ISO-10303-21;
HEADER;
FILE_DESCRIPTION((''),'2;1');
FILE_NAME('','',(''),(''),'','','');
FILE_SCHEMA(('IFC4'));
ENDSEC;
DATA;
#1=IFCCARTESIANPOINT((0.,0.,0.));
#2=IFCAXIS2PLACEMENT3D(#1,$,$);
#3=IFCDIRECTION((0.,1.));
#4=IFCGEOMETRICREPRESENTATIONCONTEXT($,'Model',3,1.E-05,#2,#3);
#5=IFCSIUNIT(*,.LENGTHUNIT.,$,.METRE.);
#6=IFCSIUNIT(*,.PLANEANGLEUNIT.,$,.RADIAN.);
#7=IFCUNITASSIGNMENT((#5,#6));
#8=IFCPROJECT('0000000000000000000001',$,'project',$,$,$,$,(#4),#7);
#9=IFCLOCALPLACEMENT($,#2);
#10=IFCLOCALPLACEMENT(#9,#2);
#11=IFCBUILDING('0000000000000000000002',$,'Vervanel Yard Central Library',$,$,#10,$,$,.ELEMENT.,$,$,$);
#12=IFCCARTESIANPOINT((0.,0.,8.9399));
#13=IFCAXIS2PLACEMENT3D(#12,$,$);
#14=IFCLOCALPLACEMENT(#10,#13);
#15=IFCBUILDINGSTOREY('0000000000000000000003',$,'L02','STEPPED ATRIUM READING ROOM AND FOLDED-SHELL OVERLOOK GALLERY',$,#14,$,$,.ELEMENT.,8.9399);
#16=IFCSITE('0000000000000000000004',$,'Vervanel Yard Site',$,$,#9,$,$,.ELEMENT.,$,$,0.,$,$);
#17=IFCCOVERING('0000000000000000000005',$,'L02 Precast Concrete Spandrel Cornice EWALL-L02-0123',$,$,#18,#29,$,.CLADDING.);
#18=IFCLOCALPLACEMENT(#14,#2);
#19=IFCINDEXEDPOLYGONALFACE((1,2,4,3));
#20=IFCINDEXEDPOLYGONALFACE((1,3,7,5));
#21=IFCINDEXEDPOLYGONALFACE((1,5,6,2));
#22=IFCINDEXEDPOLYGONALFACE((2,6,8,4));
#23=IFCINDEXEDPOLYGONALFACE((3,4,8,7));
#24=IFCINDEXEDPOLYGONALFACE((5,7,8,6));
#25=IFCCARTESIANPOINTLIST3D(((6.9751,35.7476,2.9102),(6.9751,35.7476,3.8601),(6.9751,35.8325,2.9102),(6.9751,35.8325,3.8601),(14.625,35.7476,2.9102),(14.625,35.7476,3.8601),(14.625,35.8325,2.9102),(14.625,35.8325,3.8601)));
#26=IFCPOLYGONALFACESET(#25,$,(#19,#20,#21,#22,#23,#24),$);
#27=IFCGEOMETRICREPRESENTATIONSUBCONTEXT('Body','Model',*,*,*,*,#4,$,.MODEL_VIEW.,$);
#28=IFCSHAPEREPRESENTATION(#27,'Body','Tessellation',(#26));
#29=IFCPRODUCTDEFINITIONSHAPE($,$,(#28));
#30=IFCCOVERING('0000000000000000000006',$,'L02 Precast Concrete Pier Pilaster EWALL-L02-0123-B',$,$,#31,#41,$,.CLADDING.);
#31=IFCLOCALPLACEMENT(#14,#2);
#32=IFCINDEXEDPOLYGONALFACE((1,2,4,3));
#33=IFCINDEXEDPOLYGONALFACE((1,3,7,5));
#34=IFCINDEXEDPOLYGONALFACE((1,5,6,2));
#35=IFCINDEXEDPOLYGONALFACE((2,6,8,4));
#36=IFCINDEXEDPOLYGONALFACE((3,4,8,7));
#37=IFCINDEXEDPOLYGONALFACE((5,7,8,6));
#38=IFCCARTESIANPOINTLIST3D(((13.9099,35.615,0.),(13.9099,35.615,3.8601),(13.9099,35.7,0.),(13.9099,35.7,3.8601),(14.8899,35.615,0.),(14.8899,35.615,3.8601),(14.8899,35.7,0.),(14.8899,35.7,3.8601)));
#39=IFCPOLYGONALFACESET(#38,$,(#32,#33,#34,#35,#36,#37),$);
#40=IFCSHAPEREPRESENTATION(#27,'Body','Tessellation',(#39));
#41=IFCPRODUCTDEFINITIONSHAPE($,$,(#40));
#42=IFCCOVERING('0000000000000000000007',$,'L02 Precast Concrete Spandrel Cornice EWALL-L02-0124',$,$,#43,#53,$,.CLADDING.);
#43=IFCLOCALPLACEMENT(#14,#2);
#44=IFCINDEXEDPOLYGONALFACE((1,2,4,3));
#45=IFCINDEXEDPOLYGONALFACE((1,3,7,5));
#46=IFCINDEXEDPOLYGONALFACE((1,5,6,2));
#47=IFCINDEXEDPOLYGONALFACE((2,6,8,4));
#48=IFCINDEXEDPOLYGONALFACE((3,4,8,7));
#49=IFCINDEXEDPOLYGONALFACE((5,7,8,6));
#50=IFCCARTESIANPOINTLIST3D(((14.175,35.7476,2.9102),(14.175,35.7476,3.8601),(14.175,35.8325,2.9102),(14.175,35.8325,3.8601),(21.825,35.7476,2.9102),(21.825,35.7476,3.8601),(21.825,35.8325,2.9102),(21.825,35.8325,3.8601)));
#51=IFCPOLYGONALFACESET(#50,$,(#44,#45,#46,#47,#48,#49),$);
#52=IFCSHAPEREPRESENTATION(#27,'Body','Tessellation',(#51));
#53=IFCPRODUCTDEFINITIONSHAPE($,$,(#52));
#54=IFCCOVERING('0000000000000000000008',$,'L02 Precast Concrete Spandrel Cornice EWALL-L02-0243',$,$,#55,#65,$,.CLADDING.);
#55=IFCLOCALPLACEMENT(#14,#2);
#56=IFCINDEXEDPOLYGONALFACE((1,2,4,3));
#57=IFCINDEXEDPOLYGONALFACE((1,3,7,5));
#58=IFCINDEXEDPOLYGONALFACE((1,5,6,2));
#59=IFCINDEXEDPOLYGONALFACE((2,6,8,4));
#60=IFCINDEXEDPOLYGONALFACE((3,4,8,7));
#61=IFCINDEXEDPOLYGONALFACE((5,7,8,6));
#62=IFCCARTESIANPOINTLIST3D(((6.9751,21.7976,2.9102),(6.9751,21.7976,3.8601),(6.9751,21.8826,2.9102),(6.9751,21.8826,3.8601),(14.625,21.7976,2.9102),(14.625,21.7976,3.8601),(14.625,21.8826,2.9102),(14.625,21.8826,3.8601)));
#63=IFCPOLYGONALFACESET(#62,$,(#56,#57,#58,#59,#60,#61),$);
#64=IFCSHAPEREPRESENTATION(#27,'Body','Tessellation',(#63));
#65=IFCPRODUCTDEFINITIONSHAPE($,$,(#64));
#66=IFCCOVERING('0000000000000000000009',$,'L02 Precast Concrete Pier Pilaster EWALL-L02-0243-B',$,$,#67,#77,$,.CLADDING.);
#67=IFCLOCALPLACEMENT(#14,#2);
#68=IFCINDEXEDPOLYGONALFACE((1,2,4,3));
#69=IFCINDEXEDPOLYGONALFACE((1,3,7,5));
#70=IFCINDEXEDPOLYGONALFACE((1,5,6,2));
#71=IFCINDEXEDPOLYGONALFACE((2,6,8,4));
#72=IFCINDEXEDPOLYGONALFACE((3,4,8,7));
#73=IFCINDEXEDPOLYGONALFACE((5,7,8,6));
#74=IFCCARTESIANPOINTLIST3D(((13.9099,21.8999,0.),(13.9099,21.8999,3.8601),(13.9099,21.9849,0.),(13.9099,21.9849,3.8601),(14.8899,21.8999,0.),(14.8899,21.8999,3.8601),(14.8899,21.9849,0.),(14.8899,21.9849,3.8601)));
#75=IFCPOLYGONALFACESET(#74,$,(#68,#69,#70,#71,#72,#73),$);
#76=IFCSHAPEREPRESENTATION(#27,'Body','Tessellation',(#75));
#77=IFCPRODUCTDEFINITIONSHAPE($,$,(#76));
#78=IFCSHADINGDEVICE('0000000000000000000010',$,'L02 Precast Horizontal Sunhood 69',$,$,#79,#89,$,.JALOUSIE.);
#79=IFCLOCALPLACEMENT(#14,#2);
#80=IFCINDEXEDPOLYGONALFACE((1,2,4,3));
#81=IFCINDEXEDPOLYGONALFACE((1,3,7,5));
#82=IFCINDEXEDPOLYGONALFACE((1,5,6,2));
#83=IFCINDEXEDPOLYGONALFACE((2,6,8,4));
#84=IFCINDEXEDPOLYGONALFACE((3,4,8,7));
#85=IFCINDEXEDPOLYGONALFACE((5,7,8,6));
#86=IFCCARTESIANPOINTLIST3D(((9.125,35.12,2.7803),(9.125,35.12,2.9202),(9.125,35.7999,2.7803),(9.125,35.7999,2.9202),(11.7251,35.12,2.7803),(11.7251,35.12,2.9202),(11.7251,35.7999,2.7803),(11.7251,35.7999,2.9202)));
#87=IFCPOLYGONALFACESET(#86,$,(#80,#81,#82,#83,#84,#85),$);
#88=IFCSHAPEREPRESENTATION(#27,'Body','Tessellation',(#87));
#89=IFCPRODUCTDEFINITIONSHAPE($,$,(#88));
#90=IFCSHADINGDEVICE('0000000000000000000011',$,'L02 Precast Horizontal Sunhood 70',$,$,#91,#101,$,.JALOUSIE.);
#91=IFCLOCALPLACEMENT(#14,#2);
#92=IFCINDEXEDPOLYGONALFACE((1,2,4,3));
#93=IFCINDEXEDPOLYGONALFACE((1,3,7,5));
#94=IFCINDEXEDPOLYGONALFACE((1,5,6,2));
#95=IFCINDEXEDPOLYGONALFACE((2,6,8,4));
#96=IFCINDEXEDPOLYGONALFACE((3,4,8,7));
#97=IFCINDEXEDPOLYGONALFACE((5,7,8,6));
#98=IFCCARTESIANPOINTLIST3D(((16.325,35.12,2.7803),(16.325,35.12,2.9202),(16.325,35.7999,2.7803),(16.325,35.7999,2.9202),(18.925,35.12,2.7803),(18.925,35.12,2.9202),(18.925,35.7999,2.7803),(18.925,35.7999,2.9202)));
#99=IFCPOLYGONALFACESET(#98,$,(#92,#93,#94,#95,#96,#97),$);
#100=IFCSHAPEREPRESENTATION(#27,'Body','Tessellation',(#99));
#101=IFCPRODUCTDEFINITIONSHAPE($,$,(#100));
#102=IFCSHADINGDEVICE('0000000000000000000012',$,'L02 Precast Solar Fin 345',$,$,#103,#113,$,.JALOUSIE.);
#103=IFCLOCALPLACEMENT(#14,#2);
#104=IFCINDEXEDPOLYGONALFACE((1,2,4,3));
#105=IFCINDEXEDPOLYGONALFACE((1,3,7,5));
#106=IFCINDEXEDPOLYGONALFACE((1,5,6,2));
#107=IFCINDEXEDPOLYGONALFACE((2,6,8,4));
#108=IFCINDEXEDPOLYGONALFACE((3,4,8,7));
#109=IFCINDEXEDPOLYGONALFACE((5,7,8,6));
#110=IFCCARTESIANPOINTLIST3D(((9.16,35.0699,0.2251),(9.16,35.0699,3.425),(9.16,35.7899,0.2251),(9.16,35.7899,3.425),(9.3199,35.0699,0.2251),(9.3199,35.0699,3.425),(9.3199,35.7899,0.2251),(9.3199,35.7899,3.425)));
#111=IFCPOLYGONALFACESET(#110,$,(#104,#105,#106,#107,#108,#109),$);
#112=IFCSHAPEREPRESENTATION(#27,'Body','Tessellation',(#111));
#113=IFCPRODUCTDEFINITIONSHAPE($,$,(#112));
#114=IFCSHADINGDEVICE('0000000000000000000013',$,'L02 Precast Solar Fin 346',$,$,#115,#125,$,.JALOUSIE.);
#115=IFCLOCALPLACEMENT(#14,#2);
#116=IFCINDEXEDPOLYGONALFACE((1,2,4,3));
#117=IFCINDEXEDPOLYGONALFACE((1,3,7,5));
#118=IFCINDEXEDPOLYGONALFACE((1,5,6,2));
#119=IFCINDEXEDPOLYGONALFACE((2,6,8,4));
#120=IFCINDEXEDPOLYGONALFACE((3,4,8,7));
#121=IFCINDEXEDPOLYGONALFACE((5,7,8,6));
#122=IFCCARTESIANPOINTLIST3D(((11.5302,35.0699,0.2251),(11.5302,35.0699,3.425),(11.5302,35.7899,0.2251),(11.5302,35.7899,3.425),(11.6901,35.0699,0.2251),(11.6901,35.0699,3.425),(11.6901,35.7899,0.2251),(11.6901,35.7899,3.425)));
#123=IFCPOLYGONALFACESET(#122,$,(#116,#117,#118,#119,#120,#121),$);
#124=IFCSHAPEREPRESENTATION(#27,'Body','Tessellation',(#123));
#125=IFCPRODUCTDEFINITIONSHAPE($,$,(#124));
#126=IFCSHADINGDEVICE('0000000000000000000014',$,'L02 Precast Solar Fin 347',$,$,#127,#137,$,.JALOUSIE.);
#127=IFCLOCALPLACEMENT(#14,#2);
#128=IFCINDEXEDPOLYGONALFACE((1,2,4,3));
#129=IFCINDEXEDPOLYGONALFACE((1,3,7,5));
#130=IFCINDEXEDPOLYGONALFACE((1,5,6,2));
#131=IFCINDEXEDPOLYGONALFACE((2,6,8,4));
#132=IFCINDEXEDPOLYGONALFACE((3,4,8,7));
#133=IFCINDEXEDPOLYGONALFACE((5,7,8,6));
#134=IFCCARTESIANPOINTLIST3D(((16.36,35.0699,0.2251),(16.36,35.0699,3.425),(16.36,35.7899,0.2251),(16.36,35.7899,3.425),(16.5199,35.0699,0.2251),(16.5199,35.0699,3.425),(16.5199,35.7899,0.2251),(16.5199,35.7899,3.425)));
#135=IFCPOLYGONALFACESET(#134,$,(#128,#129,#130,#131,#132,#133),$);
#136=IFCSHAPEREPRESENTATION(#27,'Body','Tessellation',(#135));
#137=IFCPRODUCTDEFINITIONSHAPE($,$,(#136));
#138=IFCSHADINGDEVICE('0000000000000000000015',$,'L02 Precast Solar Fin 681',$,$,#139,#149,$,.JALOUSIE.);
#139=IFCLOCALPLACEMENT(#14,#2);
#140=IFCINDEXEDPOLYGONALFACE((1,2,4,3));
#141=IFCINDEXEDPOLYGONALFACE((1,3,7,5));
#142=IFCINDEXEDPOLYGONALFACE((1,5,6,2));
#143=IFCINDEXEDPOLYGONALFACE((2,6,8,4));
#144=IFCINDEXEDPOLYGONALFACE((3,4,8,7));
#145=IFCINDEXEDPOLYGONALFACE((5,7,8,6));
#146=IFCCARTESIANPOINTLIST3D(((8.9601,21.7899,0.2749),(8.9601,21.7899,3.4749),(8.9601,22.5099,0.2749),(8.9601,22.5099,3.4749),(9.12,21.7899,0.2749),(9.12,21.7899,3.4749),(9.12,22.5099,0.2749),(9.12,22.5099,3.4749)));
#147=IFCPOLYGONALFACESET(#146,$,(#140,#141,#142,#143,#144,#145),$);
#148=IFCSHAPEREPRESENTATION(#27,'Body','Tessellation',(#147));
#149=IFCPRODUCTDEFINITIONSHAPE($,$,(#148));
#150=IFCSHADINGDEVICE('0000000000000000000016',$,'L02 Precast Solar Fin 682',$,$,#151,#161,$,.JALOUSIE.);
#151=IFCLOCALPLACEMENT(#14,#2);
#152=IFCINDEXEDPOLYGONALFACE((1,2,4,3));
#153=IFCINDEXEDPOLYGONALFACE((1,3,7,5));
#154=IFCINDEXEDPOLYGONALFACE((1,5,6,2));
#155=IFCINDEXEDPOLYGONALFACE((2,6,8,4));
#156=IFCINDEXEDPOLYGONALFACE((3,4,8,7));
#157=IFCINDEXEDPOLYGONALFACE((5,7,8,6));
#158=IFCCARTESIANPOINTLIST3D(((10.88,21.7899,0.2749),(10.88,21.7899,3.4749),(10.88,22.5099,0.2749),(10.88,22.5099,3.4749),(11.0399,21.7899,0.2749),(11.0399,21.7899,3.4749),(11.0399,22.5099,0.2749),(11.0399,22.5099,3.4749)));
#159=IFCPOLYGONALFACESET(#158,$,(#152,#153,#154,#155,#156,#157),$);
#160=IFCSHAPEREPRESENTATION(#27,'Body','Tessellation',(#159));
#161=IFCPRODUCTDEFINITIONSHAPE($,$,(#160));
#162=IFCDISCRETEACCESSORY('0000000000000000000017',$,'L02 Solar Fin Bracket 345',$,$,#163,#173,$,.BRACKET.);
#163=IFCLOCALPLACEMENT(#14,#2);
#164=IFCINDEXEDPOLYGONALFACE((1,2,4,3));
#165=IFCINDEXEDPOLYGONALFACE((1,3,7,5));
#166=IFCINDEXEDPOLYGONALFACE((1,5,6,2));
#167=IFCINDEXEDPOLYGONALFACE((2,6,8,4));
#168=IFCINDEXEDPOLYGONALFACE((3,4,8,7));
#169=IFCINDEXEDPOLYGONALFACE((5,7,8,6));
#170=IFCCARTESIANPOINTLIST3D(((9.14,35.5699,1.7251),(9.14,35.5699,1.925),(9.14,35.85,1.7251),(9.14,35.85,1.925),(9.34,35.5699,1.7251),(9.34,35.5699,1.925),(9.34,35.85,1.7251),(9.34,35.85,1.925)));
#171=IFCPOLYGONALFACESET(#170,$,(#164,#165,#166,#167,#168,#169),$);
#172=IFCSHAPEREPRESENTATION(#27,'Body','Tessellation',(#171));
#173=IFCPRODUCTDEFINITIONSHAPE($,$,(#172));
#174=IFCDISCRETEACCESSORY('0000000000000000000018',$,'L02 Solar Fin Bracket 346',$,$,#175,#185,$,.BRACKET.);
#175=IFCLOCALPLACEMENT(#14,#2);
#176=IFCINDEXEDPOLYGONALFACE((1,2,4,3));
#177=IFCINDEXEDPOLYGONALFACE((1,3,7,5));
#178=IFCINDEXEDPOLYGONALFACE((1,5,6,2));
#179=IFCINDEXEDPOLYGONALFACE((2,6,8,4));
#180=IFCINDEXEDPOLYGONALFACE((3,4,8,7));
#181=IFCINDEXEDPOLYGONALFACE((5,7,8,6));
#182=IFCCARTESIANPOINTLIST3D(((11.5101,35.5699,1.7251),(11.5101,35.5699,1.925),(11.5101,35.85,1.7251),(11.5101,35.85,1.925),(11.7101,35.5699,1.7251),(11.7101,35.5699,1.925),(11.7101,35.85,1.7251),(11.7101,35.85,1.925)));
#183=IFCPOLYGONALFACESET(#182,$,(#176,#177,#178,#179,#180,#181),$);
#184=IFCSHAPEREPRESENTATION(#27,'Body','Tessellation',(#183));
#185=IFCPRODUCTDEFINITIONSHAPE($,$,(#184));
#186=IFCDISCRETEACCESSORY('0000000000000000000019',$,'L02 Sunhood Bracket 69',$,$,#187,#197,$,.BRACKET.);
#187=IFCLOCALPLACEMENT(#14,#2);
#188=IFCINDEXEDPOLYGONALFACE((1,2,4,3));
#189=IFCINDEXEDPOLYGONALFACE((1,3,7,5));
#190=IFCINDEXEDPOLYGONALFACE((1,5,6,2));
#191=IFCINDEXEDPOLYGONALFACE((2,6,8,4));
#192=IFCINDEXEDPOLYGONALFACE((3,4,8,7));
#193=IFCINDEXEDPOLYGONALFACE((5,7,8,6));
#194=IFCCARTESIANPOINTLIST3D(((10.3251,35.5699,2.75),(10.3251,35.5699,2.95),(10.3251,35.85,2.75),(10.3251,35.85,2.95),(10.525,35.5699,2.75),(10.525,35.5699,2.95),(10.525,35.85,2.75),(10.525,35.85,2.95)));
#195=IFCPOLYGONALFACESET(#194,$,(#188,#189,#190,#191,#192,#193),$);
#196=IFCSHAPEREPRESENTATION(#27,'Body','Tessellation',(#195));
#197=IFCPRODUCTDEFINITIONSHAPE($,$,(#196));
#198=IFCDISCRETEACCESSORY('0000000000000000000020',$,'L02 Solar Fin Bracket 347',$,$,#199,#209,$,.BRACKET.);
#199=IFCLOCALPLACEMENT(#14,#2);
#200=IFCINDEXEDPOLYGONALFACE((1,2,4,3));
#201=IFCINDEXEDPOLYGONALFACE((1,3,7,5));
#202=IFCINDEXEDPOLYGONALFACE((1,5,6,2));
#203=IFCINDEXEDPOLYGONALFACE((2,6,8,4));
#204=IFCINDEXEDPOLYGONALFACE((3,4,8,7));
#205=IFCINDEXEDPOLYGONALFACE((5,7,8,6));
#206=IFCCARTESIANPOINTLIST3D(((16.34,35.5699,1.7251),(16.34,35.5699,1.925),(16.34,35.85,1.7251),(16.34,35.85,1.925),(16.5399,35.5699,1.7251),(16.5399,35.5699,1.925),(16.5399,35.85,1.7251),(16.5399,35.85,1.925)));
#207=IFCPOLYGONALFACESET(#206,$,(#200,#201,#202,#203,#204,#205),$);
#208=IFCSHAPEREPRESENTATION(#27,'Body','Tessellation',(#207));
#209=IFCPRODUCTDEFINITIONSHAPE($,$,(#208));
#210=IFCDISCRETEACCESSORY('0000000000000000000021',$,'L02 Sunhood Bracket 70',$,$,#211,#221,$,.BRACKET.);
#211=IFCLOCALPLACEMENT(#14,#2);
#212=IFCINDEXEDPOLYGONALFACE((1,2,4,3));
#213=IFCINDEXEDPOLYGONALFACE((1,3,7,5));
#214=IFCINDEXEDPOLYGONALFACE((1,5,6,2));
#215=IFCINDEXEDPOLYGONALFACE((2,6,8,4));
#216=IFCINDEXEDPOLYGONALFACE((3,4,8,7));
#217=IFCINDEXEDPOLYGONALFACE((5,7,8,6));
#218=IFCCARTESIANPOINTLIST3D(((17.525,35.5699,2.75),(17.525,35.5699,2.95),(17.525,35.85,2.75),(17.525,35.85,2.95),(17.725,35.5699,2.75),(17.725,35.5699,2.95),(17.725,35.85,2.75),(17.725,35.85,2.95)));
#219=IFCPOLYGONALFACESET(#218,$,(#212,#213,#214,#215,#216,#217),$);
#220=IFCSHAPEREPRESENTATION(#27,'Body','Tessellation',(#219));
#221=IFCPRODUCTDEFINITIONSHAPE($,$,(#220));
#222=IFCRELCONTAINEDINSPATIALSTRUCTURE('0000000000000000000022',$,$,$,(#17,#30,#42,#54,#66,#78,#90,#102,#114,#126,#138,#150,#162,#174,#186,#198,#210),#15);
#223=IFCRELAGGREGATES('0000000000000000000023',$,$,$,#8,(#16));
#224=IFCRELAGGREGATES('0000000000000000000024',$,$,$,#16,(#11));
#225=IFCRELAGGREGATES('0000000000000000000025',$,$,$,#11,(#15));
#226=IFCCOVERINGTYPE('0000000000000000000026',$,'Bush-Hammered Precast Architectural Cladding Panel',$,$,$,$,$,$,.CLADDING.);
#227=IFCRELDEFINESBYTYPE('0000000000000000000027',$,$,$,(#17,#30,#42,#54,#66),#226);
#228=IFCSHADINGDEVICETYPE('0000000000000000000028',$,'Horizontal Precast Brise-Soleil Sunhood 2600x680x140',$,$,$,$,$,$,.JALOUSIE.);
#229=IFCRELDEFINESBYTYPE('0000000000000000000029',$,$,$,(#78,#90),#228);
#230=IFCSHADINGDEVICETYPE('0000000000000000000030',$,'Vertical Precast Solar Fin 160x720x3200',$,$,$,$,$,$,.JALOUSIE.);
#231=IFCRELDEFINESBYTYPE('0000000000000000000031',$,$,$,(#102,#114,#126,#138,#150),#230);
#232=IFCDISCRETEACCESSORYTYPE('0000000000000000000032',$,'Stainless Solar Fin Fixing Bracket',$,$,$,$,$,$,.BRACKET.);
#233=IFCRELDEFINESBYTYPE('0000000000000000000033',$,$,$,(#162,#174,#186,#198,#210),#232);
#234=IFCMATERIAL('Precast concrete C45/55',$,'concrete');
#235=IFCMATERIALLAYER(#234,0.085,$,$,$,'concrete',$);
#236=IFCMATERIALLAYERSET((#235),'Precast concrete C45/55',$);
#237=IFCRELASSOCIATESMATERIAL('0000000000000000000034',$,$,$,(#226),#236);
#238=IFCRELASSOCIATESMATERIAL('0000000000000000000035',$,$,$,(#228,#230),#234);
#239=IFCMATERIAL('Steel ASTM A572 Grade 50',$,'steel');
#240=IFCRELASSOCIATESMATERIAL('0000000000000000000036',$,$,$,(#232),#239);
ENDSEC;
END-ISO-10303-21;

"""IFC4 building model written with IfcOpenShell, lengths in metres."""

from ifc_helpers import new_model, si_unit, direction, frame, origin, origin_2d, place, context, subcontext, project, spatial, rectangle, extrude, material, layer, layer_set, type_object, element, save


model = new_model("IFC4")

# Units and contexts
model_context = context("Model", 3, precision=1e-05, world=origin(), true_north=direction((0.0, 1.0)))
body_context = subcontext(model_context, "Body", "Model", "MODEL_VIEW")
ifc_project = project(units=[si_unit("LENGTHUNIT", "METRE"), si_unit("PLANEANGLEUNIT", "RADIAN")], contexts=[model_context])

# Site, building, storey
site_placement = place(None, origin())
site = spatial("IfcSite", under=ifc_project, at=site_placement, Name="Vervanel Yard Site", CompositionType="ELEMENT", RefElevation=0.0)
building_placement = place(site_placement, origin())
building = spatial("IfcBuilding", under=site, at=building_placement, Name="Vervanel Yard Central Library", CompositionType="ELEMENT")
storey_placement = place(building_placement, frame((0.0, 0.0, 8.9399)))
storey = spatial("IfcBuildingStorey", under=building, at=storey_placement, Name="L02", Description="STEPPED ATRIUM READING ROOM AND FOLDED-SHELL OVERLOOK GALLERY", CompositionType="ELEMENT", Elevation=8.9399)

# Coverings
ifc_material_1 = material(Name="Precast concrete C45/55", Category="concrete")
ifc_layer_1 = layer(ifc_material_1, 0.085, Category="concrete")
ifc_layer_set_1 = layer_set([ifc_layer_1], Name="Precast concrete C45/55")
covering_type = type_object("IfcCoveringType", Name="Bush-Hammered Precast Architectural Cladding Panel", PredefinedType="CLADDING", material=ifc_layer_set_1)
covering_1_placement = place(storey_placement, frame((10.8, 35.79, 2.9102), z_axis=(0.0, 0.0, 1.0), x_axis=(1.0, 0.0, 0.0)))
element("IfcCovering", 1, at=covering_1_placement, inside=storey, type_object=covering_type, Name="L02 Precast Concrete Spandrel Cornice EWALL-L02-0123", PredefinedType="CLADDING", context=body_context, shape_type="SweptSolid", body=[
    extrude(rectangle(XDim=7.6499, YDim=0.085, at=origin_2d()), origin(), (0.0, 0.0, 1.0), 0.95),
])
covering_2_placement = place(storey_placement, frame((14.3999, 35.6575, 0.0), z_axis=(0.0, 0.0, 1.0), x_axis=(1.0, 0.0, 0.0)))
element("IfcCovering", 2, at=covering_2_placement, inside=storey, type_object=covering_type, Name="L02 Precast Concrete Pier Pilaster EWALL-L02-0123-B", PredefinedType="CLADDING", context=body_context, shape_type="SweptSolid", body=[
    extrude(rectangle(XDim=0.98, YDim=0.085, at=origin_2d()), origin(), (0.0, 0.0, 1.0), 3.8601),
])
for number, where, z_axis, x_axis, name in (
    (3, (18.0, 35.79, 2.9102), (0.0, 0.0, 1.0), (1.0, 0.0, 0.0), "L02 Precast Concrete Spandrel Cornice EWALL-L02-0124"),
    (4, (10.8, 21.8401, 2.9102), (0.0, 0.0, 1.0), (1.0, 0.0, 0.0), "L02 Precast Concrete Spandrel Cornice EWALL-L02-0243"),
):
    element("IfcCovering", number, at=place(storey_placement, frame(where, z_axis=z_axis, x_axis=x_axis)), inside=storey, type_object=covering_type, Name=name, PredefinedType="CLADDING", context=body_context, shape_type="SweptSolid", body=[
        extrude(rectangle(XDim=7.6499, YDim=0.085, at=origin_2d()), origin(), (0.0, 0.0, 1.0), 0.95),
    ])
covering_3_placement = place(storey_placement, frame((14.3999, 21.9424, 0.0), z_axis=(0.0, 0.0, 1.0), x_axis=(1.0, 0.0, 0.0)))
element("IfcCovering", 5, at=covering_3_placement, inside=storey, type_object=covering_type, Name="L02 Precast Concrete Pier Pilaster EWALL-L02-0243-B", PredefinedType="CLADDING", context=body_context, shape_type="SweptSolid", body=[
    extrude(rectangle(XDim=0.98, YDim=0.085, at=origin_2d()), origin(), (0.0, 0.0, 1.0), 3.8601),
])

# Shading devices
shading_device_type_1 = type_object("IfcShadingDeviceType", Name="Horizontal Precast Brise-Soleil Sunhood 2600x680x140", PredefinedType="JALOUSIE", material=ifc_material_1)
for number, where, z_axis, x_axis, name in (
    (6, (10.425, 35.46, 2.7803), (0.0, 0.0, 1.0), (1.0, 0.0, 0.0), "L02 Precast Horizontal Sunhood 69"),
    (7, (17.625, 35.46, 2.7803), (0.0, 0.0, 1.0), (1.0, 0.0, 0.0), "L02 Precast Horizontal Sunhood 70"),
):
    element("IfcShadingDevice", number, at=place(storey_placement, frame(where, z_axis=z_axis, x_axis=x_axis)), inside=storey, type_object=shading_device_type_1, Name=name, PredefinedType="JALOUSIE", context=body_context, shape_type="SweptSolid", body=[
        extrude(rectangle(XDim=2.6001, YDim=0.6799, at=origin_2d()), origin(), (0.0, 0.0, 1.0), 0.1399),
    ])
shading_device_type_2 = type_object("IfcShadingDeviceType", Name="Vertical Precast Solar Fin 160x720x3200", PredefinedType="JALOUSIE", material=ifc_material_1)
for number, where, z_axis, x_axis, name in (
    (8, (9.24, 35.4299, 0.2251), (0.0, 0.0, 1.0), (1.0, 0.0, 0.0), "L02 Precast Solar Fin 345"),
    (9, (11.6101, 35.4299, 0.2251), (0.0, 0.0, 1.0), (1.0, 0.0, 0.0), "L02 Precast Solar Fin 346"),
    (10, (16.4399, 35.4299, 0.2251), (0.0, 0.0, 1.0), (1.0, 0.0, 0.0), "L02 Precast Solar Fin 347"),
    (11, (9.04, 22.1499, 0.2749), (0.0, 0.0, 1.0), (1.0, 0.0, 0.0), "L02 Precast Solar Fin 681"),
    (12, (10.96, 22.1499, 0.2749), (0.0, 0.0, 1.0), (1.0, 0.0, 0.0), "L02 Precast Solar Fin 682"),
):
    element("IfcShadingDevice", number, at=place(storey_placement, frame(where, z_axis=z_axis, x_axis=x_axis)), inside=storey, type_object=shading_device_type_2, Name=name, PredefinedType="JALOUSIE", context=body_context, shape_type="SweptSolid", body=[
        extrude(rectangle(XDim=0.1599, YDim=0.72, at=origin_2d()), origin(), (0.0, 0.0, 1.0), 3.2),
    ])

# Discrete accessories
ifc_material_2 = material(Name="Steel ASTM A572 Grade 50", Category="steel")
discrete_accessory_type = type_object("IfcDiscreteAccessoryType", Name="Stainless Solar Fin Fixing Bracket", PredefinedType="BRACKET", material=ifc_material_2)
for number, where, z_axis, x_axis, name in (
    (13, (9.24, 35.71, 1.7251), (0.0, 0.0, 1.0), (1.0, 0.0, 0.0), "L02 Solar Fin Bracket 345"),
    (14, (11.6101, 35.71, 1.7251), (0.0, 0.0, 1.0), (1.0, 0.0, 0.0), "L02 Solar Fin Bracket 346"),
    (15, (10.425, 35.71, 2.75), (0.0, 0.0, 1.0), (1.0, 0.0, 0.0), "L02 Sunhood Bracket 69"),
    (16, (16.4399, 35.71, 1.7251), (0.0, 0.0, 1.0), (1.0, 0.0, 0.0), "L02 Solar Fin Bracket 347"),
    (17, (17.625, 35.71, 2.75), (0.0, 0.0, 1.0), (1.0, 0.0, 0.0), "L02 Sunhood Bracket 70"),
):
    element("IfcDiscreteAccessory", number, at=place(storey_placement, frame(where, z_axis=z_axis, x_axis=x_axis)), inside=storey, type_object=discrete_accessory_type, Name=name, PredefinedType="BRACKET", context=body_context, shape_type="SweptSolid", body=[
        extrude(rectangle(XDim=0.2, YDim=0.28, at=origin_2d()), origin(), (0.0, 0.0, 1.0), 0.2),
    ])

save(model, "model.ifc")
